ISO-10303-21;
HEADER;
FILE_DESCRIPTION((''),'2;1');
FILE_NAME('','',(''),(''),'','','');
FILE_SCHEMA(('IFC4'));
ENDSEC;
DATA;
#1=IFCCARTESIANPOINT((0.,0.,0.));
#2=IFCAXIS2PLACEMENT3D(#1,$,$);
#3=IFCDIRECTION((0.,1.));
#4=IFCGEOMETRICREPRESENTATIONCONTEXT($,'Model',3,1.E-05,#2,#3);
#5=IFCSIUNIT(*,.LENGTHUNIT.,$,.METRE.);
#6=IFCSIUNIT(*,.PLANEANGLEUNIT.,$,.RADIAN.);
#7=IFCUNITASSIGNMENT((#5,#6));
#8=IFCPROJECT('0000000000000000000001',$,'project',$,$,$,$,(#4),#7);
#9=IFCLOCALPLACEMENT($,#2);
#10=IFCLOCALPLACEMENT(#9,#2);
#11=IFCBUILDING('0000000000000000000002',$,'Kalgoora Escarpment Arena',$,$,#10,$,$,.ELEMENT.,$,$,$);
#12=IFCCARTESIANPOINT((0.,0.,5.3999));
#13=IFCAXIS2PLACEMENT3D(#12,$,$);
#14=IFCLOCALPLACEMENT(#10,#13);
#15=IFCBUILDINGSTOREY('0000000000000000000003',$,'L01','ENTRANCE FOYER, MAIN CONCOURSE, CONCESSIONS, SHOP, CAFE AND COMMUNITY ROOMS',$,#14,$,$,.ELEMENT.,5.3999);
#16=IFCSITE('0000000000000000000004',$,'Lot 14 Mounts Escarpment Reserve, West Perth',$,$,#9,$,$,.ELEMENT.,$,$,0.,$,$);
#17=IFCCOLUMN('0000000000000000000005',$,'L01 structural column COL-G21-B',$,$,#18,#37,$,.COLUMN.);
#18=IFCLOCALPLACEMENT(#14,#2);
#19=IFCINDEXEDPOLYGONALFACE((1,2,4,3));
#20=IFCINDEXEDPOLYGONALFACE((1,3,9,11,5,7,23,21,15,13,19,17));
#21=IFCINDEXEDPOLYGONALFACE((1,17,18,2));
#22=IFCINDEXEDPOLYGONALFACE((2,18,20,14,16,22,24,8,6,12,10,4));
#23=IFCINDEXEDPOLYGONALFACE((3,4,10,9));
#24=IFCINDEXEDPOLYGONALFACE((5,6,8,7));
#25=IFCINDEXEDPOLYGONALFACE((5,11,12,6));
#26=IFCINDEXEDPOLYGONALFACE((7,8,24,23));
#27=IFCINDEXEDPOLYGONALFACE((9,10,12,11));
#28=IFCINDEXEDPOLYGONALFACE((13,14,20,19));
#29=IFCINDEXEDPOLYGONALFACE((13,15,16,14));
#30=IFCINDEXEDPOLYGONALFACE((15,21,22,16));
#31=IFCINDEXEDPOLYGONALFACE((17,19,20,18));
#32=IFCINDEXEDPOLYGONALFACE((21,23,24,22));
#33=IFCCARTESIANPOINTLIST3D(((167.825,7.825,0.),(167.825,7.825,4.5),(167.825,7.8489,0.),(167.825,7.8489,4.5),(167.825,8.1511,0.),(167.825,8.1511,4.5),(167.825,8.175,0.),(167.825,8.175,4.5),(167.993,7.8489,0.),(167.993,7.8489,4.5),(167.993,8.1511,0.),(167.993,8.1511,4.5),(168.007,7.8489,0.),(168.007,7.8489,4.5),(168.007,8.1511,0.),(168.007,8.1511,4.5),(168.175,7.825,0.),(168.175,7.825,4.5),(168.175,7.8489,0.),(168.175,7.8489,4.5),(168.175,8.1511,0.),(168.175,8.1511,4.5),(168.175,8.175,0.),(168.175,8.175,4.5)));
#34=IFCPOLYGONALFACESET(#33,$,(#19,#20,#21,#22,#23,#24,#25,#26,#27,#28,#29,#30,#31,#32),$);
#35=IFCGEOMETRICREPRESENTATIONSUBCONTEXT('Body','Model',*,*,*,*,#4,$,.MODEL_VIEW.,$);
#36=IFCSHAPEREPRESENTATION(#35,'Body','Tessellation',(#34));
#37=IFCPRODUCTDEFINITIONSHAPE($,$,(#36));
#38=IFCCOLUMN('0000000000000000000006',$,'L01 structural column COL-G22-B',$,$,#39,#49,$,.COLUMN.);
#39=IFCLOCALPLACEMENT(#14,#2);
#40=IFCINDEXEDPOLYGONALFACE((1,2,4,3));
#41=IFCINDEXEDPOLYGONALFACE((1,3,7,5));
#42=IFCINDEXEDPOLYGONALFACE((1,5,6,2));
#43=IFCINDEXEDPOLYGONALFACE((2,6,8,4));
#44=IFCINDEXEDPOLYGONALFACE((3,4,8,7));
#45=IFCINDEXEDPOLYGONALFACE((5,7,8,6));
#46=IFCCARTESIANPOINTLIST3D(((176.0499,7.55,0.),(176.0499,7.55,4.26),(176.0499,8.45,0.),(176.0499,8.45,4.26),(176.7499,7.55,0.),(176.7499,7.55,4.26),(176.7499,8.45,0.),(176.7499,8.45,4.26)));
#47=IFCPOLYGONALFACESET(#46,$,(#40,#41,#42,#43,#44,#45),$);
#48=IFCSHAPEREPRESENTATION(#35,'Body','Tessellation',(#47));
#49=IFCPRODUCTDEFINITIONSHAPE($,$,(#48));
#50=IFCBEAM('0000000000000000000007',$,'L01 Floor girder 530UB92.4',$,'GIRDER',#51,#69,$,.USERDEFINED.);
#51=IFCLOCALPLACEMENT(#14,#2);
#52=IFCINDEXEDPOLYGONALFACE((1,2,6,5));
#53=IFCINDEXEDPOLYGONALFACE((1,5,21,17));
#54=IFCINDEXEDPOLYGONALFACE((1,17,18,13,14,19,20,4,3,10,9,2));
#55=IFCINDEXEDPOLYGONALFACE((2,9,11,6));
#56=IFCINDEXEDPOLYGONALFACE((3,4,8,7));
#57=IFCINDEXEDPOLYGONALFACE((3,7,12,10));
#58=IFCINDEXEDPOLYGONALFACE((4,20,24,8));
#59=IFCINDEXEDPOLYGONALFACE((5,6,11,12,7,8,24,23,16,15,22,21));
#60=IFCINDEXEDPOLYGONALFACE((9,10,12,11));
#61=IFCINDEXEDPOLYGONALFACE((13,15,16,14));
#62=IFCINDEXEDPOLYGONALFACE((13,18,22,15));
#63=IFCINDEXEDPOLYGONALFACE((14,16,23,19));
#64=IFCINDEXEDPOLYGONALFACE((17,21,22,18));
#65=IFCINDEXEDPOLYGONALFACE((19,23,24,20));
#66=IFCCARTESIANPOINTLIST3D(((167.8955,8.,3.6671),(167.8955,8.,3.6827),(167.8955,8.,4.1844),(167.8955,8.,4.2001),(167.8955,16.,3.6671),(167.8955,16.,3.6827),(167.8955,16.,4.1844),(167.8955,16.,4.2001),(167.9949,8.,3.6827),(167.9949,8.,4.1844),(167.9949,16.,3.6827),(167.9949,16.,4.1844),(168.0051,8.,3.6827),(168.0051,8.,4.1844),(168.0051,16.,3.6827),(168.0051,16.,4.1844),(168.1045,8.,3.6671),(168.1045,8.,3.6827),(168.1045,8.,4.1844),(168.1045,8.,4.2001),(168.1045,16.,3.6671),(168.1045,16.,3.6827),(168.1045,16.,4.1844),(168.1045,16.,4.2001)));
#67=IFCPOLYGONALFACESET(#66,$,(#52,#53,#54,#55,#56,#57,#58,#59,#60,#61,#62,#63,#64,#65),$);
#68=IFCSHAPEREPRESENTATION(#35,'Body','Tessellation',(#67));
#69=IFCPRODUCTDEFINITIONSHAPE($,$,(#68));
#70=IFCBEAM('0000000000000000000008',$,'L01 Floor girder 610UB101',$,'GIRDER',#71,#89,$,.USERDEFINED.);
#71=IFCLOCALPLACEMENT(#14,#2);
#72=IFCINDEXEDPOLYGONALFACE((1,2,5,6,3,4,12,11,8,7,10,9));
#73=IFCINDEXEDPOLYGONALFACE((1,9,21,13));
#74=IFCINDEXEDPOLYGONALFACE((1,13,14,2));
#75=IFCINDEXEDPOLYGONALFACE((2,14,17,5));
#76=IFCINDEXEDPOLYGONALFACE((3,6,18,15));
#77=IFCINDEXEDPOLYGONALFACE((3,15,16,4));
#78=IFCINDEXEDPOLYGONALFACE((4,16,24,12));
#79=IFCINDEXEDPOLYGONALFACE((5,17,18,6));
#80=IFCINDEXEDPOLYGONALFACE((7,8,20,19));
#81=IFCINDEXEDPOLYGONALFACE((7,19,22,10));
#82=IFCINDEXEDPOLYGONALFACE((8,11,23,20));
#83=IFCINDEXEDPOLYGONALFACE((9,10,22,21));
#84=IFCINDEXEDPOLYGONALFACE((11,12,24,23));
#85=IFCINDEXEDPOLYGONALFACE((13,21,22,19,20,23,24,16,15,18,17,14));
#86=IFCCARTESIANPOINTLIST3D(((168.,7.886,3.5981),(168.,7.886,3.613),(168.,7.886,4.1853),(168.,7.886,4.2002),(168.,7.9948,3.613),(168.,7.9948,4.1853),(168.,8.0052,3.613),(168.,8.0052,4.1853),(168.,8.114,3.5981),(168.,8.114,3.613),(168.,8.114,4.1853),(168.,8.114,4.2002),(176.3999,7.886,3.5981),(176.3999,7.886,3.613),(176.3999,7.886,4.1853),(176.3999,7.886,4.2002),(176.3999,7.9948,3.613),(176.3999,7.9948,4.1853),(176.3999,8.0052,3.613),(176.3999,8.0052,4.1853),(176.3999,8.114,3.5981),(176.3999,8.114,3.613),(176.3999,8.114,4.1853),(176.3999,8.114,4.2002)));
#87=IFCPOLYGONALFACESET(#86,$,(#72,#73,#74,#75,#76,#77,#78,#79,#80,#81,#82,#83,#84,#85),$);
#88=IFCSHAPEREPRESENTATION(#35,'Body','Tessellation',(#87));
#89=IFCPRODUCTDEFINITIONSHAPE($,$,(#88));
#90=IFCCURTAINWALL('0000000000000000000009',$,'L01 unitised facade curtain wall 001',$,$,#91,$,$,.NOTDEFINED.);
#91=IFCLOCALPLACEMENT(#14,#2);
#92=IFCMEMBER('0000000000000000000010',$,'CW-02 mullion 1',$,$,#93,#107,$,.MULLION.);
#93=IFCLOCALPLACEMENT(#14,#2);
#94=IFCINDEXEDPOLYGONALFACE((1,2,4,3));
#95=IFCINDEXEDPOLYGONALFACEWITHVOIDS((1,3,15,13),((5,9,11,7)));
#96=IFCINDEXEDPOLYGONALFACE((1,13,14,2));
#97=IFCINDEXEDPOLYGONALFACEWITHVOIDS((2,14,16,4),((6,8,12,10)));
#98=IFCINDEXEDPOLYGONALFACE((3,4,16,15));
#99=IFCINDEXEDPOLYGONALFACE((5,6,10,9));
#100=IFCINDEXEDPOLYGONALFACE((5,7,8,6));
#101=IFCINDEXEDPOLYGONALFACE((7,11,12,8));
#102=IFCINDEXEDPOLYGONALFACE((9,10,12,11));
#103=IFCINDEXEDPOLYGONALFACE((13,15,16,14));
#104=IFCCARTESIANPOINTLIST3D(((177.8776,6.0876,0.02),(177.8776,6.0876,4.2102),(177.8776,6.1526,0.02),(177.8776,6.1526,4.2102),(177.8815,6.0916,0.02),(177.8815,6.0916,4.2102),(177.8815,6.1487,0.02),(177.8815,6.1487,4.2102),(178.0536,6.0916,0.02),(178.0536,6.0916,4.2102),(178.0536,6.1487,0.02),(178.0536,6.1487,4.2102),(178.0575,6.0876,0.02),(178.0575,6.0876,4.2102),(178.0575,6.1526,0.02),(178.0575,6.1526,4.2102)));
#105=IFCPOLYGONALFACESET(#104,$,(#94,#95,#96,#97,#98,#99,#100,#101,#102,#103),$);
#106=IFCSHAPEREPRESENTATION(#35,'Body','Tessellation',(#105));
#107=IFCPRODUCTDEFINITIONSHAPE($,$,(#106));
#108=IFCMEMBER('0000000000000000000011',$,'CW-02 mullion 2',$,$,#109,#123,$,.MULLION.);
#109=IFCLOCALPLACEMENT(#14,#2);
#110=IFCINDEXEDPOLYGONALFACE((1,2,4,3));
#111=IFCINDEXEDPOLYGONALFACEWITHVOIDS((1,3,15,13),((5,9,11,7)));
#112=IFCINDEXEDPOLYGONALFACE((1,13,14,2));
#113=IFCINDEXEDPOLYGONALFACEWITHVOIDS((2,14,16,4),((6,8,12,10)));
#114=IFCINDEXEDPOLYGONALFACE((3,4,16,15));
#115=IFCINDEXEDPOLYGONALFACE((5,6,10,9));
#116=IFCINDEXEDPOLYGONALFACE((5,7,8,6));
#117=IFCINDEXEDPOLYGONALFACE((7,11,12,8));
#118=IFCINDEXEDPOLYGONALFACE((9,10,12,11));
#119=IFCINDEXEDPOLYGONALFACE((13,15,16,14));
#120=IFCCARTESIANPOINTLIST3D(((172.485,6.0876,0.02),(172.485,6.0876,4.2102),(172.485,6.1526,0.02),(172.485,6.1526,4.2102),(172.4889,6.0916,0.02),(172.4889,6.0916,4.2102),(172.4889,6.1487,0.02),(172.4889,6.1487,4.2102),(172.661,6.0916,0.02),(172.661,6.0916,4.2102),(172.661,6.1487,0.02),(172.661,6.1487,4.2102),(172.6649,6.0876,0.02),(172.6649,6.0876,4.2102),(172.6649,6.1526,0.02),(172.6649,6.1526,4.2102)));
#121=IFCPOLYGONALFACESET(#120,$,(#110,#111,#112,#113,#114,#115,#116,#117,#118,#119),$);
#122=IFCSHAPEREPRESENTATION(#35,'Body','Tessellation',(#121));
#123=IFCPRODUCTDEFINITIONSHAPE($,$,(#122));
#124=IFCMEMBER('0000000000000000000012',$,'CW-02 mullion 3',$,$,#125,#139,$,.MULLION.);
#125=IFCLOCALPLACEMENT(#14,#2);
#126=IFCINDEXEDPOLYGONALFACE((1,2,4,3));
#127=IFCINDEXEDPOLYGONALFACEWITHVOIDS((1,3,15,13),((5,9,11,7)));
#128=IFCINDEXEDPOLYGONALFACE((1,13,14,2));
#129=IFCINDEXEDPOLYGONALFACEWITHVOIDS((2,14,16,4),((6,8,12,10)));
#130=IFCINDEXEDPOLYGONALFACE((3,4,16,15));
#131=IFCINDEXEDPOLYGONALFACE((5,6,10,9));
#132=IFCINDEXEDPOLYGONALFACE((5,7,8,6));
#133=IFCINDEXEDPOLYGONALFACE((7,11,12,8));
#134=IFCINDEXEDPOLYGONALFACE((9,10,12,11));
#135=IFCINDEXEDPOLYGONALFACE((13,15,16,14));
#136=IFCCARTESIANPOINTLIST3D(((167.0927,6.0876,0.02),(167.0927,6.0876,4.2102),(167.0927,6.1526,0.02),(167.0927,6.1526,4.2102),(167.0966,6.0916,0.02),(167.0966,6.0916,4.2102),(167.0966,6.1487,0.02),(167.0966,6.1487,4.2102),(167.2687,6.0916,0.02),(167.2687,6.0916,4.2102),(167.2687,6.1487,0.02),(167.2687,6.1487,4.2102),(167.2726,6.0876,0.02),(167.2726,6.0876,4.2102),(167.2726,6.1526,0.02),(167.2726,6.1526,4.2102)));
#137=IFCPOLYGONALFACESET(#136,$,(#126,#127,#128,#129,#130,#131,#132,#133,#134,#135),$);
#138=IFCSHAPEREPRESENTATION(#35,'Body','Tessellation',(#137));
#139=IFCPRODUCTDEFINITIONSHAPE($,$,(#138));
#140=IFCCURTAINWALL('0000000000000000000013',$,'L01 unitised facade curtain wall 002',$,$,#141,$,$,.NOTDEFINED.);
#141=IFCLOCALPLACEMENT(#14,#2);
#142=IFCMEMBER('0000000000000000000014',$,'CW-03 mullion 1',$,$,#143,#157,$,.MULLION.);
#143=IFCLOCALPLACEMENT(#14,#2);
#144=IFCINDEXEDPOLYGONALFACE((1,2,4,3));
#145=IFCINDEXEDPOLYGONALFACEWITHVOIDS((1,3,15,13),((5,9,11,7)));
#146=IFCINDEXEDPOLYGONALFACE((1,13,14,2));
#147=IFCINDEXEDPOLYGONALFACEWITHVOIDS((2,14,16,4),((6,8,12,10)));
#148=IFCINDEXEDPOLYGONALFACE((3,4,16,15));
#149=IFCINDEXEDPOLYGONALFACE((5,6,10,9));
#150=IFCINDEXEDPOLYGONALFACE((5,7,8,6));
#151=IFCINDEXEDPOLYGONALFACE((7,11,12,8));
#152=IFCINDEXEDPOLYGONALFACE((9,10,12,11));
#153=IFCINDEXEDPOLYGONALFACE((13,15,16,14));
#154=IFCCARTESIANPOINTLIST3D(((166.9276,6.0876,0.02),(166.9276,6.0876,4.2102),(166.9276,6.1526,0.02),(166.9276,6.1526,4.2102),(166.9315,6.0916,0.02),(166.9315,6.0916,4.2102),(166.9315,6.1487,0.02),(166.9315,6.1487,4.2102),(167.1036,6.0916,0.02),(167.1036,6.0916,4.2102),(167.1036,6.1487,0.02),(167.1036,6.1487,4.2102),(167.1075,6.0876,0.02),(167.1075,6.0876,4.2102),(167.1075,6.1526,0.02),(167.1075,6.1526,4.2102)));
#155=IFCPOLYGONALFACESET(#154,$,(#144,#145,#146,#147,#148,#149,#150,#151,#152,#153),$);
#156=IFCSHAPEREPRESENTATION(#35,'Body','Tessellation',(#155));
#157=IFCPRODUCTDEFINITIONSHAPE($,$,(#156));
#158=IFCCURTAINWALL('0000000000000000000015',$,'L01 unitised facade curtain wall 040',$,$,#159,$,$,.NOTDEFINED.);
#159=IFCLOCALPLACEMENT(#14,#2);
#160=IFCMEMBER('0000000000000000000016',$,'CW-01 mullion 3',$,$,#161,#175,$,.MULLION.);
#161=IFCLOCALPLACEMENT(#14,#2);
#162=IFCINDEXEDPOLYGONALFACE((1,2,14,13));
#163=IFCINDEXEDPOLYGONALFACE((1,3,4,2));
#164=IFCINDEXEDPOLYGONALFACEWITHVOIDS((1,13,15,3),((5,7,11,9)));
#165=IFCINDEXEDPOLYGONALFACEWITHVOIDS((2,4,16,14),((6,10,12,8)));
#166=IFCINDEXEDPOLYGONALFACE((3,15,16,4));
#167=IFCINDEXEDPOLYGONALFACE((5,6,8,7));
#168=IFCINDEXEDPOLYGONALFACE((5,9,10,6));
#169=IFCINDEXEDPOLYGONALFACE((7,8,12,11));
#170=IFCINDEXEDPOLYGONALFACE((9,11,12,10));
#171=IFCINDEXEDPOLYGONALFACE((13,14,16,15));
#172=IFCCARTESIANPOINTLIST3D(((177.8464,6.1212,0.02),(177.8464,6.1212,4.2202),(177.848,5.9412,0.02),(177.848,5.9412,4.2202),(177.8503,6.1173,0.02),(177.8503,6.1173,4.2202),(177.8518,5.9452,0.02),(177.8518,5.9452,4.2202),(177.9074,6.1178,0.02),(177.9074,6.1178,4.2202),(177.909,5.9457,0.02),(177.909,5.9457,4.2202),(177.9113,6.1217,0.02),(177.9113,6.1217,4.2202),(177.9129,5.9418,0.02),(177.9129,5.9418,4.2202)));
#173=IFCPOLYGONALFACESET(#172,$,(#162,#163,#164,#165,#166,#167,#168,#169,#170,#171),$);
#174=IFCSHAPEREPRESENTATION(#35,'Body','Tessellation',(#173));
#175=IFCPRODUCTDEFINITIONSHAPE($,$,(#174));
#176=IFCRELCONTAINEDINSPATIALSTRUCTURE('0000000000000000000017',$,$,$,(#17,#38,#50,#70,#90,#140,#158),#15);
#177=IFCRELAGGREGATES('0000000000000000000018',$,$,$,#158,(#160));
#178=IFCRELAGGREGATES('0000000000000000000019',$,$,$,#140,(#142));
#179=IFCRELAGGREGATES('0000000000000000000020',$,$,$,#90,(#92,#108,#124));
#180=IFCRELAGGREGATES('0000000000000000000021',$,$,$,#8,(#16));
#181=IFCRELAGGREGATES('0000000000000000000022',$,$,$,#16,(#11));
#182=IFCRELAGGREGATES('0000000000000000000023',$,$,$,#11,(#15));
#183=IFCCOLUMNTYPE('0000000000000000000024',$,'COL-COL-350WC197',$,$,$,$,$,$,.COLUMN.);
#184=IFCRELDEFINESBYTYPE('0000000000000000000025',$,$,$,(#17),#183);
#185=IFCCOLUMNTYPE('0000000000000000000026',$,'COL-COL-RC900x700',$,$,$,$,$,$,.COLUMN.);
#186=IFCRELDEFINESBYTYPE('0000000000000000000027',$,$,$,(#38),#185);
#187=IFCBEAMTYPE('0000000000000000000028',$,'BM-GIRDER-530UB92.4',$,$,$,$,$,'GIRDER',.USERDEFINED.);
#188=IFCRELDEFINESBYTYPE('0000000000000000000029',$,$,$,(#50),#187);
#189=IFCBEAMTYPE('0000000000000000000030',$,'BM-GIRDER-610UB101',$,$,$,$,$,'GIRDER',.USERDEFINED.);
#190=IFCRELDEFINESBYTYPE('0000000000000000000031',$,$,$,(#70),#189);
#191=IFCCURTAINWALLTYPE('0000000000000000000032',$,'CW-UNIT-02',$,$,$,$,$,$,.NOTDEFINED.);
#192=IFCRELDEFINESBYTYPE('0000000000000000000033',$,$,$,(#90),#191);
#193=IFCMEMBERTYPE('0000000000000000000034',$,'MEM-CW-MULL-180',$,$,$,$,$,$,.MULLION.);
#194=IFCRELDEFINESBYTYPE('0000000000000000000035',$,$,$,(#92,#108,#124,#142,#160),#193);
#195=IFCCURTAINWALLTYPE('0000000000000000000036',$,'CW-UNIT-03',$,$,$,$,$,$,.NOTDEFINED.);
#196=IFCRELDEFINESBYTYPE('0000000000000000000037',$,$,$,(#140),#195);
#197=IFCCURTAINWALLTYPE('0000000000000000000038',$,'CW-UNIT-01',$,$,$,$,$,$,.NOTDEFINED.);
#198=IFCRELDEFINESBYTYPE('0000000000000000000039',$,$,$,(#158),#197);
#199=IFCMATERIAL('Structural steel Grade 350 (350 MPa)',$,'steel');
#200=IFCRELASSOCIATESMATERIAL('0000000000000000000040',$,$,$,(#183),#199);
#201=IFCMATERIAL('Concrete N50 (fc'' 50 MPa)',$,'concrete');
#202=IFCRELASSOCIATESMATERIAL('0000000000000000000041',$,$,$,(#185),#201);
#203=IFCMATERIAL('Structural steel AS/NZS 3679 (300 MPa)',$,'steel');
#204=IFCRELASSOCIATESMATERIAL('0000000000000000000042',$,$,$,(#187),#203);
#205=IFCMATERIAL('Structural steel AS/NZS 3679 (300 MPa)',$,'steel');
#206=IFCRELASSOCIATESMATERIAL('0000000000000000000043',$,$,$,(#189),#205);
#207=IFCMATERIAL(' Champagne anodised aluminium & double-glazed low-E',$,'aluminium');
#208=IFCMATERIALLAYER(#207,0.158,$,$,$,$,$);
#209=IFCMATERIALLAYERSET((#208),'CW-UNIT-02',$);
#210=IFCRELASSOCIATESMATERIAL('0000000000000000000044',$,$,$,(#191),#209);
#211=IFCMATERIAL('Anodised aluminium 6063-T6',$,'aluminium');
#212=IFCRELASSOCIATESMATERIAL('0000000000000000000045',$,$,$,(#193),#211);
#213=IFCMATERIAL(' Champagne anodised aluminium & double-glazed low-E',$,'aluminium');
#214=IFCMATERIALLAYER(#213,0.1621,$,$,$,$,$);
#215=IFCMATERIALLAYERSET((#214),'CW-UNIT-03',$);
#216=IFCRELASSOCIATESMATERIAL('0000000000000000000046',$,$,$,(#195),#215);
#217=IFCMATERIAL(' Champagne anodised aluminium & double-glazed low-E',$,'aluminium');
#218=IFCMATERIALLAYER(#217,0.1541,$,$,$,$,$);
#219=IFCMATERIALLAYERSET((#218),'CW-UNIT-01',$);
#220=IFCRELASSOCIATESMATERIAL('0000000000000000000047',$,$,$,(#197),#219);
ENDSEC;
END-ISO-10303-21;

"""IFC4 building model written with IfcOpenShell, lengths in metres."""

from ifc_helpers import new_model, si_unit, direction, frame, origin, origin_2d, place, context, subcontext, project, spatial, rectangle, hollow_rectangle, i_section, extrude, material, layer, layer_set, material_profile, profile_set, type_object, element, aggregate, save


model = new_model("IFC4")

# Units and contexts
model_context = context("Model", 3, precision=1e-05, world=origin(), true_north=direction((0.0, 1.0)))
body_context = subcontext(model_context, "Body", "Model", "MODEL_VIEW")
ifc_project = project(units=[si_unit("LENGTHUNIT", "METRE"), si_unit("PLANEANGLEUNIT", "RADIAN")], contexts=[model_context])

# Site, building, storey
site_placement = place(None, origin())
site = spatial("IfcSite", under=ifc_project, at=site_placement, Name="Lot 14 Mounts Escarpment Reserve, West Perth", CompositionType="ELEMENT", RefElevation=0.0)
building_placement = place(site_placement, origin())
building = spatial("IfcBuilding", under=site, at=building_placement, Name="Kalgoora Escarpment Arena", CompositionType="ELEMENT")
storey_placement = place(building_placement, frame((0.0, 0.0, 5.3999)))
storey = spatial("IfcBuildingStorey", under=building, at=storey_placement, Name="L01", Description="ENTRANCE FOYER, MAIN CONCOURSE, CONCESSIONS, SHOP, CAFE AND COMMUNITY ROOMS", CompositionType="ELEMENT", Elevation=5.3999)

# Columns
ifc_material_1 = material(Name="Structural steel Grade 350 (350 MPa)", Category="steel")
ifc_material_profile_1 = material_profile(ifc_material_1, i_section(OverallWidth=0.3501, OverallDepth=0.3501, WebThickness=0.0139, FlangeThickness=0.0239, at=origin_2d()))
ifc_profile_set_1 = profile_set([ifc_material_profile_1], Name="Structural steel Grade 350 (350 MPa)")
column_type_1 = type_object("IfcColumnType", Name="COL-COL-350WC197", PredefinedType="COLUMN", material=ifc_profile_set_1)
column_1_placement = place(storey_placement, frame((168.0, 8.0, 0.0), z_axis=(0.0, 0.0, 1.0), x_axis=(1.0, 0.0, 0.0)))
element("IfcColumn", 1, at=column_1_placement, inside=storey, type_object=column_type_1, Name="L01 structural column COL-G21-B", PredefinedType="COLUMN", context=body_context, shape_type="SweptSolid", body=[
    extrude(i_section(OverallWidth=0.3501, OverallDepth=0.3501, WebThickness=0.0139, FlangeThickness=0.0239, at=origin_2d()), origin(), (0.0, 0.0, 1.0), 4.5),
])
ifc_material_2 = material(Name="Concrete N50 (fc' 50 MPa)", Category="concrete")
ifc_material_profile_2 = material_profile(ifc_material_2, rectangle(XDim=0.7, YDim=0.8999, at=origin_2d()))
ifc_profile_set_2 = profile_set([ifc_material_profile_2], Name="Concrete N50 (fc' 50 MPa)")
column_type_2 = type_object("IfcColumnType", Name="COL-COL-RC900x700", PredefinedType="COLUMN", material=ifc_profile_set_2)
column_2_placement = place(storey_placement, frame((176.3999, 8.0, 0.0), z_axis=(0.0, 0.0, 1.0), x_axis=(1.0, 0.0, 0.0)))
element("IfcColumn", 2, at=column_2_placement, inside=storey, type_object=column_type_2, Name="L01 structural column COL-G22-B", PredefinedType="COLUMN", context=body_context, shape_type="SweptSolid", body=[
    extrude(rectangle(XDim=0.7, YDim=0.8999, at=origin_2d()), origin(), (0.0, 0.0, 1.0), 4.26),
])

# Beams
ifc_material_3 = material(Name="Structural steel AS/NZS 3679 (300 MPa)", Category="steel")
ifc_material_profile_3 = material_profile(ifc_material_3, i_section(OverallWidth=0.209, OverallDepth=0.533, WebThickness=0.0103, FlangeThickness=0.0156, at=origin_2d()))
ifc_profile_set_3 = profile_set([ifc_material_profile_3], Name="Structural steel AS/NZS 3679 (300 MPa)")
beam_type_1 = type_object("IfcBeamType", Name="BM-GIRDER-530UB92.4", ElementType="GIRDER", PredefinedType="USERDEFINED", material=ifc_profile_set_3)
beam_1_placement = place(storey_placement, frame((168.0, 8.0, 3.9336), z_axis=(0.0, 1.0, 0.0), x_axis=(-1.0, 0.0, 0.0)))
element("IfcBeam", 3, at=beam_1_placement, inside=storey, type_object=beam_type_1, Name="L01 Floor girder 530UB92.4", ObjectType="GIRDER", PredefinedType="USERDEFINED", context=body_context, shape_type="SweptSolid", body=[
    extrude(i_section(OverallWidth=0.209, OverallDepth=0.533, WebThickness=0.0103, FlangeThickness=0.0156, at=origin_2d()), origin(), (0.0, 0.0, 1.0), 8.0),
])
ifc_material_4 = material(Name="Structural steel AS/NZS 3679 (300 MPa)", Category="steel")
ifc_material_profile_4 = material_profile(ifc_material_4, i_section(OverallWidth=0.228, OverallDepth=0.6021, WebThickness=0.0105, FlangeThickness=0.0149, at=origin_2d()))
ifc_profile_set_4 = profile_set([ifc_material_profile_4], Name="Structural steel AS/NZS 3679 (300 MPa)")
beam_type_2 = type_object("IfcBeamType", Name="BM-GIRDER-610UB101", ElementType="GIRDER", PredefinedType="USERDEFINED", material=ifc_profile_set_4)
beam_2_placement = place(storey_placement, frame((168.0, 8.0, 3.8992), z_axis=(1.0, 0.0, 0.0), x_axis=(0.0, 1.0, 0.0)))
element("IfcBeam", 4, at=beam_2_placement, inside=storey, type_object=beam_type_2, Name="L01 Floor girder 610UB101", ObjectType="GIRDER", PredefinedType="USERDEFINED", context=body_context, shape_type="SweptSolid", body=[
    extrude(i_section(OverallWidth=0.228, OverallDepth=0.6021, WebThickness=0.0105, FlangeThickness=0.0149, at=origin_2d()), origin(), (0.0, 0.0, 1.0), 8.3999),
])

# Curtain wall, members
ifc_material_5 = material(Name=" Champagne anodised aluminium & double-glazed low-E", Category="aluminium")
ifc_layer_1 = layer(ifc_material_5, 0.158)
ifc_layer_set_1 = layer_set([ifc_layer_1], Name="CW-UNIT-02")
curtain_wall_type_1 = type_object("IfcCurtainWallType", Name="CW-UNIT-02", PredefinedType="NOTDEFINED", material=ifc_layer_set_1)
curtain_wall_1_placement = place(storey_placement, origin())
curtain_wall_1 = element("IfcCurtainWall", 5, at=curtain_wall_1_placement, inside=storey, type_object=curtain_wall_type_1, Name="L01 unitised facade curtain wall 001", PredefinedType="NOTDEFINED")
ifc_material_6 = material(Name="Anodised aluminium 6063-T6", Category="aluminium")
ifc_material_profile_5 = material_profile(ifc_material_6, hollow_rectangle(XDim=0.0649, YDim=0.1799, WallThickness=0.0039, at=origin_2d()))
ifc_profile_set_5 = profile_set([ifc_material_profile_5], Name="Anodised aluminium 6063-T6")
member_type_1 = type_object("IfcMemberType", Name="MEM-CW-MULL-180", PredefinedType="MULLION", material=ifc_profile_set_5)
member_1_placement = place(storey_placement, frame((177.9675, 6.1201, 0.02), z_axis=(0.0, 0.0, 1.0), x_axis=(0.0, -1.0, 0.0)))
member_1 = element("IfcMember", 6, at=member_1_placement, type_object=member_type_1, Name="CW-02 mullion 1", PredefinedType="MULLION", context=body_context, shape_type="SweptSolid", body=[
    extrude(hollow_rectangle(XDim=0.0649, YDim=0.1799, WallThickness=0.0039, at=origin_2d()), origin(), (0.0, 0.0, 1.0), 4.1902),
])
member_2_placement = place(storey_placement, frame((172.575, 6.1201, 0.02), z_axis=(0.0, 0.0, 1.0), x_axis=(0.0, -1.0, 0.0)))
member_2 = element("IfcMember", 7, at=member_2_placement, type_object=member_type_1, Name="CW-02 mullion 2", PredefinedType="MULLION", context=body_context, shape_type="SweptSolid", body=[
    extrude(hollow_rectangle(XDim=0.0649, YDim=0.1799, WallThickness=0.0039, at=origin_2d()), origin(), (0.0, 0.0, 1.0), 4.1902),
])
member_3_placement = place(storey_placement, frame((167.1826, 6.1201, 0.02), z_axis=(0.0, 0.0, 1.0), x_axis=(0.0, -1.0, 0.0)))
member_3 = element("IfcMember", 8, at=member_3_placement, type_object=member_type_1, Name="CW-02 mullion 3", PredefinedType="MULLION", context=body_context, shape_type="SweptSolid", body=[
    extrude(hollow_rectangle(XDim=0.0649, YDim=0.1799, WallThickness=0.0039, at=origin_2d()), origin(), (0.0, 0.0, 1.0), 4.1902),
])

# Curtain walls, members
ifc_material_7 = material(Name=" Champagne anodised aluminium & double-glazed low-E", Category="aluminium")
ifc_layer_2 = layer(ifc_material_7, 0.1621)
ifc_layer_set_2 = layer_set([ifc_layer_2], Name="CW-UNIT-03")
curtain_wall_type_2 = type_object("IfcCurtainWallType", Name="CW-UNIT-03", PredefinedType="NOTDEFINED", material=ifc_layer_set_2)
curtain_wall_2_placement = place(storey_placement, origin())
curtain_wall_2 = element("IfcCurtainWall", 9, at=curtain_wall_2_placement, inside=storey, type_object=curtain_wall_type_2, Name="L01 unitised facade curtain wall 002", PredefinedType="NOTDEFINED")
member_4_placement = place(storey_placement, frame((167.0176, 6.1201, 0.02), z_axis=(0.0, 0.0, 1.0), x_axis=(0.0, -1.0, 0.0)))
member_4 = element("IfcMember", 10, at=member_4_placement, type_object=member_type_1, Name="CW-03 mullion 1", PredefinedType="MULLION", context=body_context, shape_type="SweptSolid", body=[
    extrude(hollow_rectangle(XDim=0.0649, YDim=0.1799, WallThickness=0.0039, at=origin_2d()), origin(), (0.0, 0.0, 1.0), 4.1902),
])
ifc_material_8 = material(Name=" Champagne anodised aluminium & double-glazed low-E", Category="aluminium")
ifc_layer_3 = layer(ifc_material_8, 0.1541)
ifc_layer_set_3 = layer_set([ifc_layer_3], Name="CW-UNIT-01")
curtain_wall_type_3 = type_object("IfcCurtainWallType", Name="CW-UNIT-01", PredefinedType="NOTDEFINED", material=ifc_layer_set_3)
curtain_wall_3_placement = place(storey_placement, origin())
curtain_wall_3 = element("IfcCurtainWall", 11, at=curtain_wall_3_placement, inside=storey, type_object=curtain_wall_type_3, Name="L01 unitised facade curtain wall 040", PredefinedType="NOTDEFINED")
member_5_placement = place(storey_placement, frame((177.8796, 6.0315, 0.02), z_axis=(0.0, 0.0, 1.0), x_axis=(0.99996, 0.008954, 0.0)))
member_5 = element("IfcMember", 12, at=member_5_placement, type_object=member_type_1, Name="CW-01 mullion 3", PredefinedType="MULLION", context=body_context, shape_type="SweptSolid", body=[
    extrude(hollow_rectangle(XDim=0.0649, YDim=0.1799, WallThickness=0.0039, at=origin_2d()), origin(), (0.0, 0.0, 1.0), 4.2002),
])
aggregate(curtain_wall_3, [member_5])

aggregate(curtain_wall_2, [member_4])

aggregate(curtain_wall_1, [member_1, member_2, member_3])

save(model, "model.ifc")
